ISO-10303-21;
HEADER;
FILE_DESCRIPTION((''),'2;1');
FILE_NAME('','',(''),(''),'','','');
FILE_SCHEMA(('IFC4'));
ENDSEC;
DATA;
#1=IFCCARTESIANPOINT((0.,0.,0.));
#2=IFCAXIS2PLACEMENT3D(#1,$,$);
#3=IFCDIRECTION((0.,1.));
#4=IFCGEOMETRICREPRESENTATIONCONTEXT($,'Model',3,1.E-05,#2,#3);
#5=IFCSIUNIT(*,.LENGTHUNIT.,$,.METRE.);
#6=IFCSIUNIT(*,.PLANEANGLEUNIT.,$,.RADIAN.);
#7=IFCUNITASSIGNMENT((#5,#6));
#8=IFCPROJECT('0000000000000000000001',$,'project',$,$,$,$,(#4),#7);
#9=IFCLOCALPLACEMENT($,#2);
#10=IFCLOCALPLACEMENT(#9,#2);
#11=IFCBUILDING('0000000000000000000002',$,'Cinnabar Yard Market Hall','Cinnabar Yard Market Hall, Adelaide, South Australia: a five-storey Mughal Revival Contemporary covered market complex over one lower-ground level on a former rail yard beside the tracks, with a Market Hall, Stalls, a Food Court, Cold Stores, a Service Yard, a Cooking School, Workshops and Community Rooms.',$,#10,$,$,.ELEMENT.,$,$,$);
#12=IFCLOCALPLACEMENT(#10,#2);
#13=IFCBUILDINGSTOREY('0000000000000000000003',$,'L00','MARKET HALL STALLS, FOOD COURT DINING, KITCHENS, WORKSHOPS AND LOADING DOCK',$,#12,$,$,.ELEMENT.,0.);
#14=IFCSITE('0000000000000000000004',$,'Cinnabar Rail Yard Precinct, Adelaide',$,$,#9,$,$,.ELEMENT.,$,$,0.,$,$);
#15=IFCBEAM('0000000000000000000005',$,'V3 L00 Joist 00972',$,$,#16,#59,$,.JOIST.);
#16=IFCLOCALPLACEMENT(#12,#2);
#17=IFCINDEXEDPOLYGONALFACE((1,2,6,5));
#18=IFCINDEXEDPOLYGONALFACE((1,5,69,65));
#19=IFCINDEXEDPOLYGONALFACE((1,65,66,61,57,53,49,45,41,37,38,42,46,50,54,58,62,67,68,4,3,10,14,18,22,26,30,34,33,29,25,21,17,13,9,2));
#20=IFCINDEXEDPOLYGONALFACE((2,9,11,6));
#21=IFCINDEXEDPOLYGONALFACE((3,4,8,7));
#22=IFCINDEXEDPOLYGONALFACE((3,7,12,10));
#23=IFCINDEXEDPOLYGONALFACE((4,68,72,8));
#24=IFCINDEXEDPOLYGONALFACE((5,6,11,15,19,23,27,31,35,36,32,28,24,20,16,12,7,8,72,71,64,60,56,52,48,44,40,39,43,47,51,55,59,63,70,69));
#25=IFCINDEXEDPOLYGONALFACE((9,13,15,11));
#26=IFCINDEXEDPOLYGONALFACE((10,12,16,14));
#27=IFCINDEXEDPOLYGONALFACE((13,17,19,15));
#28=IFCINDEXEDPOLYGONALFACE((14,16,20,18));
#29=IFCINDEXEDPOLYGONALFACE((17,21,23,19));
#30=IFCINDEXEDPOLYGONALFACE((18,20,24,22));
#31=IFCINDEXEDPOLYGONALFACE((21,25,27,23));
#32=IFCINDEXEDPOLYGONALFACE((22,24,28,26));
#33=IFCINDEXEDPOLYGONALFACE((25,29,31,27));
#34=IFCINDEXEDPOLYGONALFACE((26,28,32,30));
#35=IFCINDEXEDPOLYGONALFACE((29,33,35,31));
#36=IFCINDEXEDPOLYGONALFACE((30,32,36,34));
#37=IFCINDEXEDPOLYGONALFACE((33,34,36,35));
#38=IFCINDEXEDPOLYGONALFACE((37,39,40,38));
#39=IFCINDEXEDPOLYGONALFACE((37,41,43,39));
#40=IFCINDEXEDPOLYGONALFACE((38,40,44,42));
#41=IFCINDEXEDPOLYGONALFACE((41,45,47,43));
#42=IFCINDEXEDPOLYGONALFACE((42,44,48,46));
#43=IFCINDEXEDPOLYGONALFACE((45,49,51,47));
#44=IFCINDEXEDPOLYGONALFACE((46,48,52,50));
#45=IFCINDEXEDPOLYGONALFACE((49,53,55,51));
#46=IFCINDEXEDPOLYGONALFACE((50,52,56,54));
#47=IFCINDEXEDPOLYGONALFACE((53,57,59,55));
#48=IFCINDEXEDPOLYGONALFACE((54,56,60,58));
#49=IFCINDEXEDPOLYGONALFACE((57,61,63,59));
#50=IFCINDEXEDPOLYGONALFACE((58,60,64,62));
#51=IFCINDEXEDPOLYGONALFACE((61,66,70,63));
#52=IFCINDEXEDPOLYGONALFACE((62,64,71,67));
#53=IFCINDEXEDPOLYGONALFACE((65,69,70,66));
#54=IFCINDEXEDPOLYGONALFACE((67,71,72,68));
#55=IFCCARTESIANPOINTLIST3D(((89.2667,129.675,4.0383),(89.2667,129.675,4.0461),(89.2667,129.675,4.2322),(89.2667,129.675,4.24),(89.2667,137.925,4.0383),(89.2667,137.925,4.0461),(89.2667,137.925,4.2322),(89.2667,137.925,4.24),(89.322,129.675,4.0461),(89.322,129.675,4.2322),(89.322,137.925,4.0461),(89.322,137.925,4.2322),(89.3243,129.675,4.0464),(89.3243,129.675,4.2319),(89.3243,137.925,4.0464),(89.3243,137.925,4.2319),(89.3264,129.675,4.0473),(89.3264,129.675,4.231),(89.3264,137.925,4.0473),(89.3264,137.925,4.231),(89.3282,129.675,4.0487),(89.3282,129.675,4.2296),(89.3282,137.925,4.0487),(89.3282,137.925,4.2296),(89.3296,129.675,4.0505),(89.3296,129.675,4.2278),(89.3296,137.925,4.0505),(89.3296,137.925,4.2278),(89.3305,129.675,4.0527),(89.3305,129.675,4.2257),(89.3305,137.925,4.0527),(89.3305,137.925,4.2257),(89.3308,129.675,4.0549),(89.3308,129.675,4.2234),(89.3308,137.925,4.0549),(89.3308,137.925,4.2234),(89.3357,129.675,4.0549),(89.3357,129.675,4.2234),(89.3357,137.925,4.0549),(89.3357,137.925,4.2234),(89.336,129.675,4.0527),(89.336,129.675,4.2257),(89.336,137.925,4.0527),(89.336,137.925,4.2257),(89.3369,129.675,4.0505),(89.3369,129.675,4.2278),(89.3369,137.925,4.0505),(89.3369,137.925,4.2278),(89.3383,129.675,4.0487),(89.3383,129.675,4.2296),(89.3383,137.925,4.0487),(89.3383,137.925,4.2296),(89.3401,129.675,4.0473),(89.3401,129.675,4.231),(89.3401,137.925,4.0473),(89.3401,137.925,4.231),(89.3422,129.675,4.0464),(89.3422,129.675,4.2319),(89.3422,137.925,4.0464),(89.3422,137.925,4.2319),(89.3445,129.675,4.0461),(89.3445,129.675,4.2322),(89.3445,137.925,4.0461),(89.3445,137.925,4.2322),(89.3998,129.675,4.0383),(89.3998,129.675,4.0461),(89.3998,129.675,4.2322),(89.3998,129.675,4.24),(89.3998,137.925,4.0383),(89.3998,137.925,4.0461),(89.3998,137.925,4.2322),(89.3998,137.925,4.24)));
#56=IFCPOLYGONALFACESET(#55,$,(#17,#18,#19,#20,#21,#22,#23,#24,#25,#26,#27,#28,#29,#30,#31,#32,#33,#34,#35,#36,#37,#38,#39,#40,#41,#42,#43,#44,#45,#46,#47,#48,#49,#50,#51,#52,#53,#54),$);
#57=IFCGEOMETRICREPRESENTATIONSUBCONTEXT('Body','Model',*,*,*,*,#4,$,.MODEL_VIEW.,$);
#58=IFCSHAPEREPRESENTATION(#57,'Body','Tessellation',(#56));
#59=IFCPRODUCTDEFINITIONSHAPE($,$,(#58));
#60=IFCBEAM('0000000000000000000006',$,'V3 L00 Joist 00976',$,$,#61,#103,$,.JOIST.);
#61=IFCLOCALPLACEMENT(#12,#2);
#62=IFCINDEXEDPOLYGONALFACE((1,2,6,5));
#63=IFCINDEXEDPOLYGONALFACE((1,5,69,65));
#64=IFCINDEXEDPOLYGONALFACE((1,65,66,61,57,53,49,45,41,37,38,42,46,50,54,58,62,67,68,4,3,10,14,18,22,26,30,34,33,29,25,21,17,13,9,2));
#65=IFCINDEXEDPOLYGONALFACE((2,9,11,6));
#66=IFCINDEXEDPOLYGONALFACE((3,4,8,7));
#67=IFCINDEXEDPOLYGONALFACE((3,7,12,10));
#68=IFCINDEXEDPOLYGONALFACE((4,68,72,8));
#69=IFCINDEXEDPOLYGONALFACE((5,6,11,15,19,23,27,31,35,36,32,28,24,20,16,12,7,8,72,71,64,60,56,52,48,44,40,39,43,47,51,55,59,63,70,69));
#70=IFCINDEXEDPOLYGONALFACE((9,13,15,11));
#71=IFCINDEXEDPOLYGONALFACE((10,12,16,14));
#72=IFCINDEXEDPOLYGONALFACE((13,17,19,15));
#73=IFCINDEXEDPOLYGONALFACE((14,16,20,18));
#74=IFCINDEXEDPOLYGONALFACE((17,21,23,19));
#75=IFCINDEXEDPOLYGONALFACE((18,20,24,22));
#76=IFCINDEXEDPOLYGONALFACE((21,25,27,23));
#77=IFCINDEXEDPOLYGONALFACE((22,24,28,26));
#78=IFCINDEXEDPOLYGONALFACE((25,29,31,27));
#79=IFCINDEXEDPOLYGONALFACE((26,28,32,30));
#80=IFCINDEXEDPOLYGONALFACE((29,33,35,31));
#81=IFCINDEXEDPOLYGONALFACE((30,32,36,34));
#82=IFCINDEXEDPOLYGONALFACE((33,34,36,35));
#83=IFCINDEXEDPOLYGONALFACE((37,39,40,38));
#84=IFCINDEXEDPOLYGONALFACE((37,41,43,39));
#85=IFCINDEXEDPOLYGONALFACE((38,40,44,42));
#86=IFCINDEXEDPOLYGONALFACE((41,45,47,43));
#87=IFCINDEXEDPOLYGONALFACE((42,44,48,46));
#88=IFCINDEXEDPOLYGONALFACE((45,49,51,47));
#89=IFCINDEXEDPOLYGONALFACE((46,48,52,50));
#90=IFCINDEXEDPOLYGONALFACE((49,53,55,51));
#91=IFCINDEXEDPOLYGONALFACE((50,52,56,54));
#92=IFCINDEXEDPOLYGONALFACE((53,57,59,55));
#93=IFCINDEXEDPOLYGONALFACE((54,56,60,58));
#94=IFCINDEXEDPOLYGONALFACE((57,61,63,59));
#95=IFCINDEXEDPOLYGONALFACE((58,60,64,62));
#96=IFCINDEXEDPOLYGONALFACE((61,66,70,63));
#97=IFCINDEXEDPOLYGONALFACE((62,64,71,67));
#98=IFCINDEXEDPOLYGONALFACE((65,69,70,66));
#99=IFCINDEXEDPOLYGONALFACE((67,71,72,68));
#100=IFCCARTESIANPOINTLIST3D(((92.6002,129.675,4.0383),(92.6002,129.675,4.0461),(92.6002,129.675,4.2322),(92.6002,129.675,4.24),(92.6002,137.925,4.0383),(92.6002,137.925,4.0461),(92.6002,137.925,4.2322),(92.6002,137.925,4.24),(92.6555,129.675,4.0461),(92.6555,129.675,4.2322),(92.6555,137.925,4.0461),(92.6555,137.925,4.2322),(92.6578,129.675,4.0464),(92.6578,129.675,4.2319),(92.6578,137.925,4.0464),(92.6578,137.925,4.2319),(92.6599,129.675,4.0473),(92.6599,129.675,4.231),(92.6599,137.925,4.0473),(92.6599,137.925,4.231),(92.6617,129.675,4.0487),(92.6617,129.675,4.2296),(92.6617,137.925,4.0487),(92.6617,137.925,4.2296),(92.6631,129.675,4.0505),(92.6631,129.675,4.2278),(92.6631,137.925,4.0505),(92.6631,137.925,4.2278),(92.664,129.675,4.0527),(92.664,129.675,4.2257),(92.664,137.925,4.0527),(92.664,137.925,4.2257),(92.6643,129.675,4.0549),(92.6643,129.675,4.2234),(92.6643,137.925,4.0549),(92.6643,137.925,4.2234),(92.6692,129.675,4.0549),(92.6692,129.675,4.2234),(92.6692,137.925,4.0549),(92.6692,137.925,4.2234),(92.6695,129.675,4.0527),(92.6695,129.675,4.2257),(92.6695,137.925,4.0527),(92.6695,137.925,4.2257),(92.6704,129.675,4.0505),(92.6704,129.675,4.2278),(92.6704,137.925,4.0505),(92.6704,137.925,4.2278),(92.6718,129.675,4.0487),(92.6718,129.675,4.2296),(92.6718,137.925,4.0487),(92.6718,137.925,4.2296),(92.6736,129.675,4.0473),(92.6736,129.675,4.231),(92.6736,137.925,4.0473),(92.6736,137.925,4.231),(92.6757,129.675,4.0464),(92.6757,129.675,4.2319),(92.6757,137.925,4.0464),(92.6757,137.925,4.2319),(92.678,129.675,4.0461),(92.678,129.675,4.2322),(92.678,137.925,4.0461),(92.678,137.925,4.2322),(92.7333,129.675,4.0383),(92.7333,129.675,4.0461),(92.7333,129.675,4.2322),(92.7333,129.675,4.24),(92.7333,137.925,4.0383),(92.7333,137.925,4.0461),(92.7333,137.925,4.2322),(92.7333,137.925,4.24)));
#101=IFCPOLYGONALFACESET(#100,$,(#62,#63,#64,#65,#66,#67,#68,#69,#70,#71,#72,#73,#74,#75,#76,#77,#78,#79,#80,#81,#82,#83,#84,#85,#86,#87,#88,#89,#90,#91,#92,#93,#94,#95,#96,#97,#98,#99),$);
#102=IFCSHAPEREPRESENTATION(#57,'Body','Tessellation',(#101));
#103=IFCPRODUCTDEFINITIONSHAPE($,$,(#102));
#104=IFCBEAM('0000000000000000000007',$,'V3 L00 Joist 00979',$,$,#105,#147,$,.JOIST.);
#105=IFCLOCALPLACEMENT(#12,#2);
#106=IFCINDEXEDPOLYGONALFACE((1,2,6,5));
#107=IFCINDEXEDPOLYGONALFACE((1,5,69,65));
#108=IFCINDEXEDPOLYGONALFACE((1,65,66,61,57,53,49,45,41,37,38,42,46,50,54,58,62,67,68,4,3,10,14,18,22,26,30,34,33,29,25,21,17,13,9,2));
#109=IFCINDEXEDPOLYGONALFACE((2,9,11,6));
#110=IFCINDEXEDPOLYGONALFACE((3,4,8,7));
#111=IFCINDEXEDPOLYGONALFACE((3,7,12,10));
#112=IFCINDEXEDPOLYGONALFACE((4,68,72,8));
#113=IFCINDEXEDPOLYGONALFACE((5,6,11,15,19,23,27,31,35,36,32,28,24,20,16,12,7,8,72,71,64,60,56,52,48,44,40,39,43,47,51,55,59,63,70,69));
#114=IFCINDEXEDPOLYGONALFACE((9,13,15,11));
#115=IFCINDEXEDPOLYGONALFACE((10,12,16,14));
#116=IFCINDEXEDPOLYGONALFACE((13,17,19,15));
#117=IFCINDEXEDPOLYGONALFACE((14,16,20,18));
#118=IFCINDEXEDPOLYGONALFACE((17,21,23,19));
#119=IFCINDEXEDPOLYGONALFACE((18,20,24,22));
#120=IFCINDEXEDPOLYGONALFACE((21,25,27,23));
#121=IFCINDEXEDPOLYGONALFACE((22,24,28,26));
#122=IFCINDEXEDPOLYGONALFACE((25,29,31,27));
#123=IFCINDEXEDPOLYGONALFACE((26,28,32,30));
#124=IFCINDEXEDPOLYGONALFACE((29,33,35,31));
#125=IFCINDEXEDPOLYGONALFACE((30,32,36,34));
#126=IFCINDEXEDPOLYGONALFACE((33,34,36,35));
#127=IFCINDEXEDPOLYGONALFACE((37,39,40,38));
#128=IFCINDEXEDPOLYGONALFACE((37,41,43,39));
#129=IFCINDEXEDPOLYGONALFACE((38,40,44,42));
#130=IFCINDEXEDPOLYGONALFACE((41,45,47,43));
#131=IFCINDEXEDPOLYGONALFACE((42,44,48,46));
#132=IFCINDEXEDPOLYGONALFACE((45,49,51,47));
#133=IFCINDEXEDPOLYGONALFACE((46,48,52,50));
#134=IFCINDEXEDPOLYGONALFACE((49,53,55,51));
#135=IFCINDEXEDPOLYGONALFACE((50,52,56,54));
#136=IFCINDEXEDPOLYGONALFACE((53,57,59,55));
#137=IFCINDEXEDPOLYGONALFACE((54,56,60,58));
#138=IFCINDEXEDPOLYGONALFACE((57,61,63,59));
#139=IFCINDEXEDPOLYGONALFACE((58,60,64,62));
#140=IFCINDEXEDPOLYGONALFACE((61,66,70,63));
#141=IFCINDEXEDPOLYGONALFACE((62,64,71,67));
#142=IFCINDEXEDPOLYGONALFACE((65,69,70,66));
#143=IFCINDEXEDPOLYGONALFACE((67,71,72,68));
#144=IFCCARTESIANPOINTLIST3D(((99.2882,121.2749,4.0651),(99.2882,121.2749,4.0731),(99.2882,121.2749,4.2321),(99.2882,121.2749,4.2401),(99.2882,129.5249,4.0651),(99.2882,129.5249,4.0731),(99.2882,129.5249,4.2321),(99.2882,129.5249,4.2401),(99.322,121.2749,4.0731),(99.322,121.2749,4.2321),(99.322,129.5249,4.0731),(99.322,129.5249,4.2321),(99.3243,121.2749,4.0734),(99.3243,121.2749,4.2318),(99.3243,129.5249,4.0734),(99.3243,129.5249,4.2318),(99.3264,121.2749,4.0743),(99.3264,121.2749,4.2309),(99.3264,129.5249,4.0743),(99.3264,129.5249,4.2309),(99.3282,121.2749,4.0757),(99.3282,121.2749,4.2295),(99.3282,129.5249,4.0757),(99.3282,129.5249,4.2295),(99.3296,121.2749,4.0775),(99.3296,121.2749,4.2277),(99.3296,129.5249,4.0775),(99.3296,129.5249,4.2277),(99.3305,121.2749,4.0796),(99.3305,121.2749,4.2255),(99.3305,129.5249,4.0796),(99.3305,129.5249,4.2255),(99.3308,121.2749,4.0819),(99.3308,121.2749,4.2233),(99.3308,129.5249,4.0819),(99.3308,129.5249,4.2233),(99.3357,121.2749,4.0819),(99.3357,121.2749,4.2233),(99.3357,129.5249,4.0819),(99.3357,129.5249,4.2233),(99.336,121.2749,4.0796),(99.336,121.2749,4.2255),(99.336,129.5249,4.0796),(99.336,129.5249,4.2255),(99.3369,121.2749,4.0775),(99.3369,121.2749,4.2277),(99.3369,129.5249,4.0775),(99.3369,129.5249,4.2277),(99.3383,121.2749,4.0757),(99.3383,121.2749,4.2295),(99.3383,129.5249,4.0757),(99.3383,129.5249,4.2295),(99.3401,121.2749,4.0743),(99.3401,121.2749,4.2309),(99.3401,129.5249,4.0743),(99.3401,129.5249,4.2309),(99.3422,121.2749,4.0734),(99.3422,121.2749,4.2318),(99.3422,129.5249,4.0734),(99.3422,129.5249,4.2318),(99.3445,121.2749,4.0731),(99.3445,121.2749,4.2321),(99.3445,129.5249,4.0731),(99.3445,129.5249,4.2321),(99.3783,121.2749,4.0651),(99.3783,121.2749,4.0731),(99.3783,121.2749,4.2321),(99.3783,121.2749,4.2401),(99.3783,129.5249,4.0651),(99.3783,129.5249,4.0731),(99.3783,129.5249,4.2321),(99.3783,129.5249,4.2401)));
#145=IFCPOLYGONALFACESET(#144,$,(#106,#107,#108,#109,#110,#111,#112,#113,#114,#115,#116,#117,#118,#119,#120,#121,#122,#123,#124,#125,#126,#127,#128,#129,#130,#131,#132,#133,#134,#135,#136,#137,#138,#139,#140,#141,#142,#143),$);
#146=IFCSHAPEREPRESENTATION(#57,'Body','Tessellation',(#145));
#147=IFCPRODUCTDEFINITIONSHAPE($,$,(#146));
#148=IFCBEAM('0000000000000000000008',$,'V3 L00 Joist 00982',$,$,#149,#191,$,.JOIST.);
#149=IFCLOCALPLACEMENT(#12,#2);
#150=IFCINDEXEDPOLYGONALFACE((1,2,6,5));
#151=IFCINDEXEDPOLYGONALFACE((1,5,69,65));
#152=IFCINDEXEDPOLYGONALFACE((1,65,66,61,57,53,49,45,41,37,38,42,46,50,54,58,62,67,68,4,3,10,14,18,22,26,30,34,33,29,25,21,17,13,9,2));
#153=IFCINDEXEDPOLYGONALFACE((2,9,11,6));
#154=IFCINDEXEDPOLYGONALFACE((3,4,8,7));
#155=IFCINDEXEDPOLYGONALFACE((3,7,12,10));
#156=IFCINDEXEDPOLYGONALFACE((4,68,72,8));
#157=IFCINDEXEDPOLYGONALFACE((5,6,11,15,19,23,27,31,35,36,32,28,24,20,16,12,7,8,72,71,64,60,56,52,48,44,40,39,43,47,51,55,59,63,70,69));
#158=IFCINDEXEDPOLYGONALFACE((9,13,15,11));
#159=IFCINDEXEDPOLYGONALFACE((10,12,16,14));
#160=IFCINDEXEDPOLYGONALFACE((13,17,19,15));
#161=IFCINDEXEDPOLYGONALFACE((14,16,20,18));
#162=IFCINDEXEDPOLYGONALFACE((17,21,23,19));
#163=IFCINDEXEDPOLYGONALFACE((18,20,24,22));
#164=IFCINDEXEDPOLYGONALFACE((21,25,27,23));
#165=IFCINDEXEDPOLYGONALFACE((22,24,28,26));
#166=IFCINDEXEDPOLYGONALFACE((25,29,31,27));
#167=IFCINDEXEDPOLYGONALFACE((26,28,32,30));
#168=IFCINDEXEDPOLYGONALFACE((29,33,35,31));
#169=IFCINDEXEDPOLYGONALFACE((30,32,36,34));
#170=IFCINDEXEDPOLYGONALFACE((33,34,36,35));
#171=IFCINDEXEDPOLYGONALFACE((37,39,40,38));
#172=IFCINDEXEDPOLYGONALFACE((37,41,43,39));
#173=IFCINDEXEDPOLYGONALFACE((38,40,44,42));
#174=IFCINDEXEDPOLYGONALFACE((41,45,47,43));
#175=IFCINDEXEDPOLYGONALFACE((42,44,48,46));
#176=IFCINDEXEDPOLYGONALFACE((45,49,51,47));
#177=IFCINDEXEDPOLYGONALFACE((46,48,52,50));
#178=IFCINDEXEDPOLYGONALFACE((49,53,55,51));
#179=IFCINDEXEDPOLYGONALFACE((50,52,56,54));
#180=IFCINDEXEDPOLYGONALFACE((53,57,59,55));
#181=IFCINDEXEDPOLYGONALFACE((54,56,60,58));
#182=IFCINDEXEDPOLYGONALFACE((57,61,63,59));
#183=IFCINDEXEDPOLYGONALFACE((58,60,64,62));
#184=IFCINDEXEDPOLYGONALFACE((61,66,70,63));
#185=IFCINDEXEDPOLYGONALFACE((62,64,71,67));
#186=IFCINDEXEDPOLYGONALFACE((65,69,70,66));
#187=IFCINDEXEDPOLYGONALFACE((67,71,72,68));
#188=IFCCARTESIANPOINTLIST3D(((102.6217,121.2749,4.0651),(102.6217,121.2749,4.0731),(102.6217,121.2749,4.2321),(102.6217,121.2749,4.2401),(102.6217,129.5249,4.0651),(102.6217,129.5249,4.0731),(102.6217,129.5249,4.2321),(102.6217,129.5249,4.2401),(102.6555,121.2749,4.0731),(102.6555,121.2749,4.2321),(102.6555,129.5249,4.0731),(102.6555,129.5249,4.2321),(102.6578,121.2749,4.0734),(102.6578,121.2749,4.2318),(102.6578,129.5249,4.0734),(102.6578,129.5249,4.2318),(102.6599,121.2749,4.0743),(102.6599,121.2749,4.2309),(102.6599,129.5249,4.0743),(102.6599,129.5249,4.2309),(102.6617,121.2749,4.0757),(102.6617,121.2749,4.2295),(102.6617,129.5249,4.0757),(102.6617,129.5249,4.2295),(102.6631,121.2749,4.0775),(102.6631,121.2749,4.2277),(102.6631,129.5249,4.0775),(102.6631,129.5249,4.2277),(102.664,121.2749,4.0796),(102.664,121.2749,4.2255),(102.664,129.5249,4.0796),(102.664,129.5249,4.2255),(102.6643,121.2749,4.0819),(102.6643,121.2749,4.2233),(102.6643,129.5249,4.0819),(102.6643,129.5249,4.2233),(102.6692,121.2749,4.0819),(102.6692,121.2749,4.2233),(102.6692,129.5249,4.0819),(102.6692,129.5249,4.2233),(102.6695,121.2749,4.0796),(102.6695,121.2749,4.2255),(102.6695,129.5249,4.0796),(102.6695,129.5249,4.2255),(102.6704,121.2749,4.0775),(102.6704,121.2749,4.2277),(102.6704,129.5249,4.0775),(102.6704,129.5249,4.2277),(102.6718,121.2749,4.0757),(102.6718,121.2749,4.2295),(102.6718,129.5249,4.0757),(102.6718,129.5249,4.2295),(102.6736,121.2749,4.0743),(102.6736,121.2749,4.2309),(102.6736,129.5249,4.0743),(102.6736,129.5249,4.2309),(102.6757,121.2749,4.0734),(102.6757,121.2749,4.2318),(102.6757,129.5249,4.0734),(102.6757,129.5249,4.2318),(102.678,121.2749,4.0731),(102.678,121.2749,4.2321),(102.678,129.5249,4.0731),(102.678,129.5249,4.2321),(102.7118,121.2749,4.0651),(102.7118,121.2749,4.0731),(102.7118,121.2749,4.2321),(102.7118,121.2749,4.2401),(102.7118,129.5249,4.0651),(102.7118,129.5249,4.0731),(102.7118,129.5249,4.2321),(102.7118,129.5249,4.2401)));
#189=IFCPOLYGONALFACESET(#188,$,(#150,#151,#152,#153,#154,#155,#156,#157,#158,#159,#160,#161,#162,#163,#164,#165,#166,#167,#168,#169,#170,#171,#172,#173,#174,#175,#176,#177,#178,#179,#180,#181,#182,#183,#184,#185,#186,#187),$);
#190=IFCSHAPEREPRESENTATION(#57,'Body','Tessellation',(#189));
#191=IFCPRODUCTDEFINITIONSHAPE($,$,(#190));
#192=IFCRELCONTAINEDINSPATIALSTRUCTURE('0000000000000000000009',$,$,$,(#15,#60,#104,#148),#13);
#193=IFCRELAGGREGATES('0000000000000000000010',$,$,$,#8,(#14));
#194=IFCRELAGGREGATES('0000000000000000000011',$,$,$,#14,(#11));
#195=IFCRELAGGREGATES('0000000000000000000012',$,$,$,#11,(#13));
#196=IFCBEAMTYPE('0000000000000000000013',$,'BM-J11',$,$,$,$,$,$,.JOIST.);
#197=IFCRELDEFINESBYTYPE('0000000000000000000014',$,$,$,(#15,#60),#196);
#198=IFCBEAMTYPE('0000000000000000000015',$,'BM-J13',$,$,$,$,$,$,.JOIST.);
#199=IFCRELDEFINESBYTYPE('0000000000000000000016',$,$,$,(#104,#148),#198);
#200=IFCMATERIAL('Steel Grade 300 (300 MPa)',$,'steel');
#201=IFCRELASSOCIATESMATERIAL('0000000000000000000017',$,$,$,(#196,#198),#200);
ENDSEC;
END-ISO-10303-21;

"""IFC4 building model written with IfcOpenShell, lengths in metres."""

from ifc_helpers import new_model, si_unit, direction, frame, origin, origin_2d_with_axis, place, context, subcontext, project, spatial, i_section, extrude, material, material_profile, profile_set, type_object, element, save


model = new_model("IFC4")

# Units and contexts
model_context = context("Model", 3, precision=1e-05, world=origin(), true_north=direction((0.0, 1.0)))
body_context = subcontext(model_context, "Body", "Model", "MODEL_VIEW")
ifc_project = project(units=[si_unit("LENGTHUNIT", "METRE"), si_unit("PLANEANGLEUNIT", "RADIAN")], contexts=[model_context])

# Site, building, storey
site_placement = place(None, origin())
site = spatial("IfcSite", under=ifc_project, at=site_placement, Name="Cinnabar Rail Yard Precinct, Adelaide", CompositionType="ELEMENT", RefElevation=0.0)
building_placement = place(site_placement, origin())
building = spatial("IfcBuilding", under=site, at=building_placement, Name="Cinnabar Yard Market Hall", Description="Cinnabar Yard Market Hall, Adelaide, South Australia: a five-storey Mughal Revival Contemporary covered market complex over one lower-ground level on a former rail yard beside the tracks, with a Market Hall, Stalls, a Food Court, Cold Stores, a Service Yard, a Cooking School, Workshops and Community Rooms.", CompositionType="ELEMENT")
storey_placement = place(building_placement, origin())
storey = spatial("IfcBuildingStorey", under=building, at=storey_placement, Name="L00", Description="MARKET HALL STALLS, FOOD COURT DINING, KITCHENS, WORKSHOPS AND LOADING DOCK", CompositionType="ELEMENT", Elevation=0.0)

# Shared definitions
ifc_material_1 = material(Name="Steel Grade 300 (300 MPa)", Category="steel")

# Beams
ifc_material_profile_1 = material_profile(ifc_material_1, i_section(OverallWidth=0.1331, OverallDepth=0.2017, WebThickness=0.0049, FlangeThickness=0.0078, FilletRadius=0.0088, at=origin_2d_with_axis()), Name="200UB22.3")
ifc_profile_set_1 = profile_set([ifc_material_profile_1], Name="Steel Grade 300 (300 MPa)")
beam_type_1 = type_object("IfcBeamType", Name="BM-J11", PredefinedType="JOIST", material=ifc_profile_set_1)
for number, where, z_axis, x_axis, name in (
    (1, (89.3333, 129.675, 4.1392), (0.0, 1.0, 0.0), (-1.0, 0.0, 0.0), "V3 L00 Joist 00972"),
    (2, (92.6667, 129.675, 4.1392), (0.0, 1.0, 0.0), (-1.0, 0.0, 0.0), "V3 L00 Joist 00976"),
):
    element("IfcBeam", number, at=place(storey_placement, frame(where, z_axis=z_axis, x_axis=x_axis)), inside=storey, type_object=beam_type_1, Name=name, PredefinedType="JOIST", context=body_context, shape_type="SweptSolid", body=[
        extrude(i_section(OverallWidth=0.1331, OverallDepth=0.2017, WebThickness=0.0049, FlangeThickness=0.0078, FilletRadius=0.0088, at=origin_2d_with_axis()), origin(), (0.0, 0.0, 1.0), 8.25),
    ])
ifc_material_profile_2 = material_profile(ifc_material_1, i_section(OverallWidth=0.0901, OverallDepth=0.175, WebThickness=0.0049, FlangeThickness=0.0081, FilletRadius=0.0088, at=origin_2d_with_axis()), Name="180UB18.1")
ifc_profile_set_2 = profile_set([ifc_material_profile_2], Name="Steel Grade 300 (300 MPa)")
beam_type_2 = type_object("IfcBeamType", Name="BM-J13", PredefinedType="JOIST", material=ifc_profile_set_2)
for number, where, z_axis, x_axis, name in (
    (3, (99.3333, 121.2749, 4.1526), (0.0, 1.0, 0.0), (-1.0, 0.0, 0.0), "V3 L00 Joist 00979"),
    (4, (102.6667, 121.2749, 4.1526), (0.0, 1.0, 0.0), (-1.0, 0.0, 0.0), "V3 L00 Joist 00982"),
):
    element("IfcBeam", number, at=place(storey_placement, frame(where, z_axis=z_axis, x_axis=x_axis)), inside=storey, type_object=beam_type_2, Name=name, PredefinedType="JOIST", context=body_context, shape_type="SweptSolid", body=[
        extrude(i_section(OverallWidth=0.0901, OverallDepth=0.175, WebThickness=0.0049, FlangeThickness=0.0081, FilletRadius=0.0088, at=origin_2d_with_axis()), origin(), (0.0, 0.0, 1.0), 8.25),
    ])

save(model, "model.ifc")
